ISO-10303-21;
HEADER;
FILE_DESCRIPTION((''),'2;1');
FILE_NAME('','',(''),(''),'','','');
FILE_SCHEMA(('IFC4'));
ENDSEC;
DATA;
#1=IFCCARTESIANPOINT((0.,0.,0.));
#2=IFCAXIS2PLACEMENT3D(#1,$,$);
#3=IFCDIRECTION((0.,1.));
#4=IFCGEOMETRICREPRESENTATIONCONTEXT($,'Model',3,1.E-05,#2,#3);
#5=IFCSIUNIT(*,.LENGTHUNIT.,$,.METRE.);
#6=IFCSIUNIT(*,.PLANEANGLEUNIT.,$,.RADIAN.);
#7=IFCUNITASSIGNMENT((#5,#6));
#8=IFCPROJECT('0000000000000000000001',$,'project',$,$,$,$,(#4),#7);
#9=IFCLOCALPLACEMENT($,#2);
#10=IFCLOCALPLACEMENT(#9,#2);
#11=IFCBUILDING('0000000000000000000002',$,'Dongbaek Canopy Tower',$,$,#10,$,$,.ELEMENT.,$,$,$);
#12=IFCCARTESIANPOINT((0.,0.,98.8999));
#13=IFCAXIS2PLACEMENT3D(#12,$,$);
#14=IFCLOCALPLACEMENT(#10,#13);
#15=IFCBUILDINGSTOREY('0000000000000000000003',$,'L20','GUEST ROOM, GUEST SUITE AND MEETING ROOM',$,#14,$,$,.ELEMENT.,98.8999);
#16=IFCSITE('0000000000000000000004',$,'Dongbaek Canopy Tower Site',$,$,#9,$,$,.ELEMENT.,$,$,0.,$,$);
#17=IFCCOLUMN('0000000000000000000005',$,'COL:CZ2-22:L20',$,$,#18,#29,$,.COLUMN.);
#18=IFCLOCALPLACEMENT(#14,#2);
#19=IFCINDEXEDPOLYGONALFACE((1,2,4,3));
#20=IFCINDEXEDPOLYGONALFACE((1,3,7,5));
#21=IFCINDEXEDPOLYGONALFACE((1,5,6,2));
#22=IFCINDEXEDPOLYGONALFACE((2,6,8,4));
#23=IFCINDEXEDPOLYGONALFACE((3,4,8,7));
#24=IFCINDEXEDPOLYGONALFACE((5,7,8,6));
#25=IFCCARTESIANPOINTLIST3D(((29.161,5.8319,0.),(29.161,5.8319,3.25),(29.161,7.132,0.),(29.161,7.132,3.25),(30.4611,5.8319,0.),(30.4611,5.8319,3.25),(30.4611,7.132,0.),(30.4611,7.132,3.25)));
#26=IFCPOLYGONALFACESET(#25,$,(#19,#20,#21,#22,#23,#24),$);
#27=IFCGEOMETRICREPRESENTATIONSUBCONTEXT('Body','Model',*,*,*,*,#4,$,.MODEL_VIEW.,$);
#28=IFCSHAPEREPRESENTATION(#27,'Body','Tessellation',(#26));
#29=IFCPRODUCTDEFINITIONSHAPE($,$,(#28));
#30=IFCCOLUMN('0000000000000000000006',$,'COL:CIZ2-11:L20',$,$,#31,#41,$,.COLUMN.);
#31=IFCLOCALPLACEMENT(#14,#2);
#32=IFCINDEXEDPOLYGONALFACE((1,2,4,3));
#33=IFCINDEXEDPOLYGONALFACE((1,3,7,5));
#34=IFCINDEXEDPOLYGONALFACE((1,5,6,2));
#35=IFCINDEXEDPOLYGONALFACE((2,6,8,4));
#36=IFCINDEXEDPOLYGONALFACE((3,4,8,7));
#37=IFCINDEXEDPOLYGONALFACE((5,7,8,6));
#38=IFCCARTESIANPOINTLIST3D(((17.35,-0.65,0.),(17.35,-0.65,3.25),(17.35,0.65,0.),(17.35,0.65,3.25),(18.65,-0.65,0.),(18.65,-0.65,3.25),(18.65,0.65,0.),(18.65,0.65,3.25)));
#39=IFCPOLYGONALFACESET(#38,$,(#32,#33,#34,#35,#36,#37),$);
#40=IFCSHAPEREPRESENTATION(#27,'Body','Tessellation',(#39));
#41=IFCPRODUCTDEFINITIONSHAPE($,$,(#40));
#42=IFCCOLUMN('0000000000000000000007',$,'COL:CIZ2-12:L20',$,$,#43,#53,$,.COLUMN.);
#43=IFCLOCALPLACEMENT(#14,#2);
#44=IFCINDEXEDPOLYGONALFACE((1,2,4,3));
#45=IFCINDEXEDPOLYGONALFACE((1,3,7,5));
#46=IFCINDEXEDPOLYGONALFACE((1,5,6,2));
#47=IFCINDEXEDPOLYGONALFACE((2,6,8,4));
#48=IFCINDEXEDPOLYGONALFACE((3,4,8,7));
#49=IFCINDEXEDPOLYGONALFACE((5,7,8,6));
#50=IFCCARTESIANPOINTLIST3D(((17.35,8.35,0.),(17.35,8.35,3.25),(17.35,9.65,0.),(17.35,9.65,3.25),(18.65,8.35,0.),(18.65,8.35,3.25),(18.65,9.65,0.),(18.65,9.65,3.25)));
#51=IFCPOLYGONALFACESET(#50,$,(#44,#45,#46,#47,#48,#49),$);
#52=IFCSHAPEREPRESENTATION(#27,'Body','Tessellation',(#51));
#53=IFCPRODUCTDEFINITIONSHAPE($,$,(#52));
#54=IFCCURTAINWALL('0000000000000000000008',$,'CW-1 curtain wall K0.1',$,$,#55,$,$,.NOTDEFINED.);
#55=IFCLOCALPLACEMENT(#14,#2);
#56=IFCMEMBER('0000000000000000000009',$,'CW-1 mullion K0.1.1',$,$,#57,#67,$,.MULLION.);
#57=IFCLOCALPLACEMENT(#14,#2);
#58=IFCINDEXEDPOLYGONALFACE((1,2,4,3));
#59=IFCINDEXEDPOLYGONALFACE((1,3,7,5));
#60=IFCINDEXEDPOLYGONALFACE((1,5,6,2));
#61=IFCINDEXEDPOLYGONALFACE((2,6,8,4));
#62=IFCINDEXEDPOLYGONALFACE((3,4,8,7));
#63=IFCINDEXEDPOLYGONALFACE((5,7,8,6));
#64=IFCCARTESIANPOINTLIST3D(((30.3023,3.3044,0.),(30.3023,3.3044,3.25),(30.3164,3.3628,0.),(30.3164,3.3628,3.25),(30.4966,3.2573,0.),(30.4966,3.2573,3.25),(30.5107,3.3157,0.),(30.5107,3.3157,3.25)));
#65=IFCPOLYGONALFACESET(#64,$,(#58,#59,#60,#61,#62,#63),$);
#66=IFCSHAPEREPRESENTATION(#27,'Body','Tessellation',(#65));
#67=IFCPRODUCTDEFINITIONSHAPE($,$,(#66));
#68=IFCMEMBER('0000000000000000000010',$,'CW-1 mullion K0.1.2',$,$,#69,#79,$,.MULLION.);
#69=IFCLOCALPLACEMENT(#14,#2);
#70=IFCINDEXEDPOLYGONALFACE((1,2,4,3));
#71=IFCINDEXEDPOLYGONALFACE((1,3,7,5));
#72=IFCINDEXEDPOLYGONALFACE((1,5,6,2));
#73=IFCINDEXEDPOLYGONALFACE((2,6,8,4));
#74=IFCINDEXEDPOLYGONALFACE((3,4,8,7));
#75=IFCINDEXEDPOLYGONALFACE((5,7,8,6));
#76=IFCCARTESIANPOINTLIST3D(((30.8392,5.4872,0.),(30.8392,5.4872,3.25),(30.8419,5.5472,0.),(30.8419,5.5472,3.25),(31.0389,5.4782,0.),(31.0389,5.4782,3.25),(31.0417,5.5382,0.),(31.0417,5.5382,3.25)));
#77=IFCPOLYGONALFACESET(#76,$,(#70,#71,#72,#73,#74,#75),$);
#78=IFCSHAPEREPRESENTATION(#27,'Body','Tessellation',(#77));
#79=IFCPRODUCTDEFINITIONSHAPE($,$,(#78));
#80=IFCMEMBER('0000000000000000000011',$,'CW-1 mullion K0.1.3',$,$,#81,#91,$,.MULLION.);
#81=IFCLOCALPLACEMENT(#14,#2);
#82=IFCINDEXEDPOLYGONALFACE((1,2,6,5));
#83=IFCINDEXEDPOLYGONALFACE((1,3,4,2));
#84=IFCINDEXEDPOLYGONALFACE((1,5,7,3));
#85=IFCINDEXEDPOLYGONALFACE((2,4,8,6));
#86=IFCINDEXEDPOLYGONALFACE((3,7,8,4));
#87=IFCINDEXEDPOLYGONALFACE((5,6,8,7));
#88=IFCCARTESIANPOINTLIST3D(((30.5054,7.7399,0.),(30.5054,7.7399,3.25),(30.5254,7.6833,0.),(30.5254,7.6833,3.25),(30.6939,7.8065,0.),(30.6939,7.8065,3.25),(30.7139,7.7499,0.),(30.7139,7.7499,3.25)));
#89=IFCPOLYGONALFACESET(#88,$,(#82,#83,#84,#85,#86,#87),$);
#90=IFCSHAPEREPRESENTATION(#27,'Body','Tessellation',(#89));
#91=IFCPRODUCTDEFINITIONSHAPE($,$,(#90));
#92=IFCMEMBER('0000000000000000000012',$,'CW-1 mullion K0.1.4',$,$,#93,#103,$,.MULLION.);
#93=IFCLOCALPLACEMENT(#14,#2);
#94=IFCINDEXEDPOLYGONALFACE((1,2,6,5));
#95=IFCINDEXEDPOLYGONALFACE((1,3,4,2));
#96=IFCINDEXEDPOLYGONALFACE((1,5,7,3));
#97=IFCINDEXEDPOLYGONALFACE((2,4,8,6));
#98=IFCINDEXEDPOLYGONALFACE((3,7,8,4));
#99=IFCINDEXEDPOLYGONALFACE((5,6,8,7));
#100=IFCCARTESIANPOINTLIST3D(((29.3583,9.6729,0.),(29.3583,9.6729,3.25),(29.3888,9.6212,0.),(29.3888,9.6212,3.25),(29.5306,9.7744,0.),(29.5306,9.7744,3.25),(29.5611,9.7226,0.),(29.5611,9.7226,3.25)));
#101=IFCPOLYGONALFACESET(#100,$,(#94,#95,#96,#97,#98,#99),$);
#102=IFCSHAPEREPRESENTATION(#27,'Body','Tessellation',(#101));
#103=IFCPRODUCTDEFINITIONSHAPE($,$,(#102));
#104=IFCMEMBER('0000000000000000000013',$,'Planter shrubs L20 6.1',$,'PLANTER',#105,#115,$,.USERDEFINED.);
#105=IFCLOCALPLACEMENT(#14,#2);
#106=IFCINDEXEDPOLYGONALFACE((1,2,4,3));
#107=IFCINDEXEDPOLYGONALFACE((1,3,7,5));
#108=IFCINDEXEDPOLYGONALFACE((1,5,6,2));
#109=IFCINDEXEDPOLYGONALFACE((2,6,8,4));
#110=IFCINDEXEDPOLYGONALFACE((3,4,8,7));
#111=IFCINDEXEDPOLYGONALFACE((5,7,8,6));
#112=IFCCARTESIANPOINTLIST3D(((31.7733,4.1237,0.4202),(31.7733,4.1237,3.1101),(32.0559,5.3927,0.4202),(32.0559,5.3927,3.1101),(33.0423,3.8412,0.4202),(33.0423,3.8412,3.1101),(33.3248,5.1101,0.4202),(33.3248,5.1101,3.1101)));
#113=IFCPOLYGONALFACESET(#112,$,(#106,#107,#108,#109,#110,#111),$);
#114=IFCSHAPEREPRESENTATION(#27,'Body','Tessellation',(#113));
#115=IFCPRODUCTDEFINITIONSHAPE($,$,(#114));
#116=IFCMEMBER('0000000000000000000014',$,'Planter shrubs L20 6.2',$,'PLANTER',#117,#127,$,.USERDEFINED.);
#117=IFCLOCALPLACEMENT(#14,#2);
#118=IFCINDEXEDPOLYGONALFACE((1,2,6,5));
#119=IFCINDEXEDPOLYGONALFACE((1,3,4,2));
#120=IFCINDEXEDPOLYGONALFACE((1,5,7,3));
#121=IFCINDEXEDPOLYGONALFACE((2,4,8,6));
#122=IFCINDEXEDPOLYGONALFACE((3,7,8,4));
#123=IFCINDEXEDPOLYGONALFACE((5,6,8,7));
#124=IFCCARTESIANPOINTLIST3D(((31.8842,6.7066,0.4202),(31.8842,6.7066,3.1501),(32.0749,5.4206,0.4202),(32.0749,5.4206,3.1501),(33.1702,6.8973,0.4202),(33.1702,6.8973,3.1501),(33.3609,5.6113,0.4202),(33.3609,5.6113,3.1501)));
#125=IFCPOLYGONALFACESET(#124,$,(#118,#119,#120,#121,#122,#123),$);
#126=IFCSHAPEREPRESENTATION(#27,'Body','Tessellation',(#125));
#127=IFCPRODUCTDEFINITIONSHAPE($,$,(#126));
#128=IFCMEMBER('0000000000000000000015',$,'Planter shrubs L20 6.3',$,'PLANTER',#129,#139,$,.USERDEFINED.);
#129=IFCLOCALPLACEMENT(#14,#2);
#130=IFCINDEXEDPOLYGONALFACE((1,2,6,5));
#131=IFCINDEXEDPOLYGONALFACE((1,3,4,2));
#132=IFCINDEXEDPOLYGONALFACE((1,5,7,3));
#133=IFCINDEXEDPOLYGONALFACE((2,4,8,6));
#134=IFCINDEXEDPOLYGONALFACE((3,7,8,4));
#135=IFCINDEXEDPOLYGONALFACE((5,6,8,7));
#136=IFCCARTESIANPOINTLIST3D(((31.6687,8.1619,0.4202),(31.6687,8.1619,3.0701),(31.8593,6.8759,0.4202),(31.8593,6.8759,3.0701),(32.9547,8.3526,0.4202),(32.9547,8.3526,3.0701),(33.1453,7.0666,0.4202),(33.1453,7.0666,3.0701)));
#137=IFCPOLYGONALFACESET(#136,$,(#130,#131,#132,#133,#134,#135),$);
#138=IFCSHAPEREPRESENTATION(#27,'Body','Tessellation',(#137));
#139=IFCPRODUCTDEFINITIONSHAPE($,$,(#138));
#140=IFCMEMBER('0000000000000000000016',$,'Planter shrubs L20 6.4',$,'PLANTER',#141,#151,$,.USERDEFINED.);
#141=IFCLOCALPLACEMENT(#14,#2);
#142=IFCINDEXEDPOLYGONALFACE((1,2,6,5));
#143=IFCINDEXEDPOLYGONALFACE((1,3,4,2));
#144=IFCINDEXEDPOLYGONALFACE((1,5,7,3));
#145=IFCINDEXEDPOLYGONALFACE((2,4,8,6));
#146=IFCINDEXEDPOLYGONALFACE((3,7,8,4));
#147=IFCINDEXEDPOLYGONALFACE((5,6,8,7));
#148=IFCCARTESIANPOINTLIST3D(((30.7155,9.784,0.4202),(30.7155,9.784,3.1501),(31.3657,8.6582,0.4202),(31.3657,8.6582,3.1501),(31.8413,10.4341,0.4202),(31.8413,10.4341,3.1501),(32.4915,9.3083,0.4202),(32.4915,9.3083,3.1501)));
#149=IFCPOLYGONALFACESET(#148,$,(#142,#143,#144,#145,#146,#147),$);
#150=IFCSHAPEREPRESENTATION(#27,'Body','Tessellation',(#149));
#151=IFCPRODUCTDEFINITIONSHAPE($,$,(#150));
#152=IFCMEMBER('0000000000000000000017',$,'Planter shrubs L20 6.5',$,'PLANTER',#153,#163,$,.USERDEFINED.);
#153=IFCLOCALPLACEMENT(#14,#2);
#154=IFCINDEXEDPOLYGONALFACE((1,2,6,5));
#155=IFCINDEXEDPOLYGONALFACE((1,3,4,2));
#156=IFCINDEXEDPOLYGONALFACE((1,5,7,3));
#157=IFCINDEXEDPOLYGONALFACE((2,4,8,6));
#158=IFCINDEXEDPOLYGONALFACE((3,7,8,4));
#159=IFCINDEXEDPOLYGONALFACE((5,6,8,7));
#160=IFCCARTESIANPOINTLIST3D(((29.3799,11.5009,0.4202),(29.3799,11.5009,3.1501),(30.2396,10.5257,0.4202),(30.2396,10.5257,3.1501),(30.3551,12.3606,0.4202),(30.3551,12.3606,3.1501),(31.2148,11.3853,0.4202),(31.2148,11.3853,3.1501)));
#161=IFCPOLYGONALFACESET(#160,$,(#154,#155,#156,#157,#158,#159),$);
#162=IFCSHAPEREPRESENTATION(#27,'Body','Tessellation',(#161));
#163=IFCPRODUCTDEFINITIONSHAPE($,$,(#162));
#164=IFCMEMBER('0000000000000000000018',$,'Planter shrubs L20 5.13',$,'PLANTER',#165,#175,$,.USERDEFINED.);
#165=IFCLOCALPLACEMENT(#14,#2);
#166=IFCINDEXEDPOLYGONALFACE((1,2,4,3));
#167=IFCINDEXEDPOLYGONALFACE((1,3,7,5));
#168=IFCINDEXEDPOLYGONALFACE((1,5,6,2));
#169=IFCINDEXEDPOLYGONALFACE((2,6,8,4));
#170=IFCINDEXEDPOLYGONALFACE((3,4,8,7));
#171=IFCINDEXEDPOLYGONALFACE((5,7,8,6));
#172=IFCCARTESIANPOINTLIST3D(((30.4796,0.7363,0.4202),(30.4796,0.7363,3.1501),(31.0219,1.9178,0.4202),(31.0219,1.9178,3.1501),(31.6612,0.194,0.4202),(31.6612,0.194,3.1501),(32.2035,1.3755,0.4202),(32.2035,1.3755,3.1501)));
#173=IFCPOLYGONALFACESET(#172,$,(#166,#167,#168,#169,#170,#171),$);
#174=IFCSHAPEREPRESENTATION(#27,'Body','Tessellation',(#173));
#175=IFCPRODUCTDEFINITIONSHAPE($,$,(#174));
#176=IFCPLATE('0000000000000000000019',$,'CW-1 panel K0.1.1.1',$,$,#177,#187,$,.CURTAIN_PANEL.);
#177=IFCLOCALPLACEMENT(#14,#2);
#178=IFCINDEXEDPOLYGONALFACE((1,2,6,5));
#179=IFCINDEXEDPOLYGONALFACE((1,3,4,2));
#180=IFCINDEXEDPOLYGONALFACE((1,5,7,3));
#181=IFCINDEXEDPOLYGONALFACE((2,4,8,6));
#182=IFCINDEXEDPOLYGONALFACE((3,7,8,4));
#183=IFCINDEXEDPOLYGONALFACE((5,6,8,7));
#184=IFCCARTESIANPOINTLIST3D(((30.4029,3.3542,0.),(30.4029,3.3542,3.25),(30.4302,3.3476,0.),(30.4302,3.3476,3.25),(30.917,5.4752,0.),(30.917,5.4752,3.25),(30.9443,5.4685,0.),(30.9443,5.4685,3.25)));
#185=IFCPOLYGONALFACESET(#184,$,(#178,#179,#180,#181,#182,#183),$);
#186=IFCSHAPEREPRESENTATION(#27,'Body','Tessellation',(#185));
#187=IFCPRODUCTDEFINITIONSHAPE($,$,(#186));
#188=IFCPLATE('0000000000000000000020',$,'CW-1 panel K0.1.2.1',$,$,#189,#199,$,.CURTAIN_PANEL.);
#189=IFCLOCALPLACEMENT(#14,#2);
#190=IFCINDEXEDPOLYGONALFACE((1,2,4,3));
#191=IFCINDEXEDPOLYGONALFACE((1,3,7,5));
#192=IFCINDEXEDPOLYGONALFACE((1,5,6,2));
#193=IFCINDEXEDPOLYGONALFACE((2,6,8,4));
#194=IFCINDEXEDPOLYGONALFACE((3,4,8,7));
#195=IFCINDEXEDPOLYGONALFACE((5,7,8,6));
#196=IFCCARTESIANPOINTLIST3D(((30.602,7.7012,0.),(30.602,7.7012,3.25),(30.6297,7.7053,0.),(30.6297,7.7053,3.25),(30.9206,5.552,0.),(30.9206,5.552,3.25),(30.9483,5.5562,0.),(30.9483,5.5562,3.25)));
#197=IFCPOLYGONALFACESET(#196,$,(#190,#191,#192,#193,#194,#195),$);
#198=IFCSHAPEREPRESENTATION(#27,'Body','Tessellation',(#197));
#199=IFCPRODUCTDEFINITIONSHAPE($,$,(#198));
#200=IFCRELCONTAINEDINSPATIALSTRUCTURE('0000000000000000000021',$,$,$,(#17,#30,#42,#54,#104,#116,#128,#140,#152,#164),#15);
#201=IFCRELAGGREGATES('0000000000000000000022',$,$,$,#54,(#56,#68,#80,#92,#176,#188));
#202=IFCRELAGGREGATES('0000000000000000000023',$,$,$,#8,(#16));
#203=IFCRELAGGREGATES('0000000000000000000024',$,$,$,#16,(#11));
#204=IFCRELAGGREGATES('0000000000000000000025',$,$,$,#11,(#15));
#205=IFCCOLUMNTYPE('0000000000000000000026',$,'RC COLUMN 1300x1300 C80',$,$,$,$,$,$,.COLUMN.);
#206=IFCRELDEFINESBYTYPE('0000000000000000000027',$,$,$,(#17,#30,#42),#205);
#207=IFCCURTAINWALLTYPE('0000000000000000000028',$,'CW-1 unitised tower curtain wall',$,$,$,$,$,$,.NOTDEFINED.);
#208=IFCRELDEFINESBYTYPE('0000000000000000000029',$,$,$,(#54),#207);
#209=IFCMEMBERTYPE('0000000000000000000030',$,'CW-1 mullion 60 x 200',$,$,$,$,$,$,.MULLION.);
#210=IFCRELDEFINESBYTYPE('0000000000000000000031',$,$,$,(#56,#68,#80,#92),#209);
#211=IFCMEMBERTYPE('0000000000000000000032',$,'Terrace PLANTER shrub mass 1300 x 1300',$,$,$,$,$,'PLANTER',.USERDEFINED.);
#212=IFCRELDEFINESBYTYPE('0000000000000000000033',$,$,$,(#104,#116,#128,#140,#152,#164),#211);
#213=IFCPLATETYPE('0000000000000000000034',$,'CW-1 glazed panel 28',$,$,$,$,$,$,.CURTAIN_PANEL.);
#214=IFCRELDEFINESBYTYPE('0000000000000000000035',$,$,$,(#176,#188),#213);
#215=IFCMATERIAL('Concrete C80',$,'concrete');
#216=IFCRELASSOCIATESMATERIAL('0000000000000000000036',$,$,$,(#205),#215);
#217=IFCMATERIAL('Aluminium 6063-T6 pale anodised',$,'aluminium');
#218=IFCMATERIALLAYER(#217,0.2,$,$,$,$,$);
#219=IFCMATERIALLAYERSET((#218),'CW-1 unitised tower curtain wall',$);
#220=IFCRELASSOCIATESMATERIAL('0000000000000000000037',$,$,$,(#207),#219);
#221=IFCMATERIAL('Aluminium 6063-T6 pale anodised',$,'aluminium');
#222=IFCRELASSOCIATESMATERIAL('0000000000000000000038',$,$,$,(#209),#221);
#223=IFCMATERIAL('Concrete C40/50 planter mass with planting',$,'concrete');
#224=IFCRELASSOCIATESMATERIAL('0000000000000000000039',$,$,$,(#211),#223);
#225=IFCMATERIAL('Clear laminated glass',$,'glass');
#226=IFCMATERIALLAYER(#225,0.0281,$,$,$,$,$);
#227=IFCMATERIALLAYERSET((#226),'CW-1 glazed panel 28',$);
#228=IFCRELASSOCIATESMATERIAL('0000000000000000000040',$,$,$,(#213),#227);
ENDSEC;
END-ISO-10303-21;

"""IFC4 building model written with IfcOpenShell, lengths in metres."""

from ifc_helpers import new_model, si_unit, direction, frame, origin, origin_2d, place, context, subcontext, project, spatial, rectangle, extrude, material, layer, layer_set, material_profile, profile_set, type_object, element, aggregate, save


model = new_model("IFC4")

# Units and contexts
model_context = context("Model", 3, precision=1e-05, world=origin(), true_north=direction((0.0, 1.0)))
body_context = subcontext(model_context, "Body", "Model", "MODEL_VIEW")
ifc_project = project(units=[si_unit("LENGTHUNIT", "METRE"), si_unit("PLANEANGLEUNIT", "RADIAN")], contexts=[model_context])

# Site, building, storey
site_placement = place(None, origin())
site = spatial("IfcSite", under=ifc_project, at=site_placement, Name="Dongbaek Canopy Tower Site", CompositionType="ELEMENT", RefElevation=0.0)
building_placement = place(site_placement, origin())
building = spatial("IfcBuilding", under=site, at=building_placement, Name="Dongbaek Canopy Tower", CompositionType="ELEMENT")
storey_placement = place(building_placement, frame((0.0, 0.0, 98.8999)))
storey = spatial("IfcBuildingStorey", under=building, at=storey_placement, Name="L20", Description="GUEST ROOM, GUEST SUITE AND MEETING ROOM", CompositionType="ELEMENT", Elevation=98.8999)

# Columns
ifc_material_1 = material(Name="Concrete C80", Category="concrete")
ifc_material_profile_1 = material_profile(ifc_material_1, rectangle(XDim=1.3, YDim=1.3, at=origin_2d()), Name="RC COLUMN 1300x1300 C80")
ifc_profile_set_1 = profile_set([ifc_material_profile_1], Name="Concrete C80")
column_type = type_object("IfcColumnType", Name="RC COLUMN 1300x1300 C80", PredefinedType="COLUMN", material=ifc_profile_set_1)
for number, where, z_axis, x_axis, name in (
    (1, (29.811, 6.4819, 0.0), (0.0, 0.0, 1.0), (1.0, 0.0, 0.0), "COL:CZ2-22:L20"),
    (2, (18.0, 0.0, 0.0), (0.0, 0.0, 1.0), (1.0, 0.0, 0.0), "COL:CIZ2-11:L20"),
    (3, (18.0, 9.0, 0.0), (0.0, 0.0, 1.0), (1.0, 0.0, 0.0), "COL:CIZ2-12:L20"),
):
    element("IfcColumn", number, at=place(storey_placement, frame(where, z_axis=z_axis, x_axis=x_axis)), inside=storey, type_object=column_type, Name=name, PredefinedType="COLUMN", context=body_context, shape_type="SweptSolid", body=[
        extrude(rectangle(XDim=1.3, YDim=1.3, at=origin_2d()), origin(), (0.0, 0.0, 1.0), 3.25),
    ])

# Curtain wall, members
ifc_material_2 = material(Name="Aluminium 6063-T6 pale anodised", Category="aluminium")
ifc_layer_1 = layer(ifc_material_2, 0.2)
ifc_layer_set_1 = layer_set([ifc_layer_1], Name="CW-1 unitised tower curtain wall")
curtain_wall_type = type_object("IfcCurtainWallType", Name="CW-1 unitised tower curtain wall", PredefinedType="NOTDEFINED", material=ifc_layer_set_1)
curtain_wall_placement = place(storey_placement, origin())
curtain_wall = element("IfcCurtainWall", 4, at=curtain_wall_placement, inside=storey, type_object=curtain_wall_type, Name="CW-1 curtain wall K0.1", PredefinedType="NOTDEFINED")
ifc_material_3 = material(Name="Aluminium 6063-T6 pale anodised", Category="aluminium")
ifc_material_profile_2 = material_profile(ifc_material_3, rectangle(XDim=0.2, YDim=0.0601, at=origin_2d()), Name="CW-1 mullion 60 x 200")
ifc_profile_set_2 = profile_set([ifc_material_profile_2], Name="Aluminium 6063-T6 pale anodised")
member_type_1 = type_object("IfcMemberType", Name="CW-1 mullion 60 x 200", PredefinedType="MULLION", material=ifc_profile_set_2)
member_1_placement = place(storey_placement, frame((30.4065, 3.3101, 0.0), z_axis=(0.0, 0.0, 1.0), x_axis=(0.971859, -0.235562, 0.0)))
member_1 = element("IfcMember", 5, at=member_1_placement, type_object=member_type_1, Name="CW-1 mullion K0.1.1", PredefinedType="MULLION", context=body_context, shape_type="SweptSolid", body=[
    extrude(rectangle(XDim=0.2, YDim=0.0601, at=origin_2d()), origin(), (0.0, 0.0, 1.0), 3.25),
])
member_2_placement = place(storey_placement, frame((30.9404, 5.5127, 0.0), z_axis=(0.0, 0.0, 1.0), x_axis=(0.998974, -0.045297, 0.0)))
member_2 = element("IfcMember", 6, at=member_2_placement, type_object=member_type_1, Name="CW-1 mullion K0.1.2", PredefinedType="MULLION", context=body_context, shape_type="SweptSolid", body=[
    extrude(rectangle(XDim=0.2, YDim=0.0601, at=origin_2d()), origin(), (0.0, 0.0, 1.0), 3.25),
])
member_3_placement = place(storey_placement, frame((30.6096, 7.7449, 0.0), z_axis=(0.0, 0.0, 1.0), x_axis=(0.942869, 0.333162, 0.0)))
member_3 = element("IfcMember", 7, at=member_3_placement, type_object=member_type_1, Name="CW-1 mullion K0.1.3", PredefinedType="MULLION", context=body_context, shape_type="SweptSolid", body=[
    extrude(rectangle(XDim=0.2, YDim=0.0601, at=origin_2d()), origin(), (0.0, 0.0, 1.0), 3.25),
])
member_4_placement = place(storey_placement, frame((29.4597, 9.6978, 0.0), z_axis=(0.0, 0.0, 1.0), x_axis=(0.861723, 0.507378, 0.0)))
member_4 = element("IfcMember", 8, at=member_4_placement, type_object=member_type_1, Name="CW-1 mullion K0.1.4", PredefinedType="MULLION", context=body_context, shape_type="SweptSolid", body=[
    extrude(rectangle(XDim=0.2, YDim=0.0601, at=origin_2d()), origin(), (0.0, 0.0, 1.0), 3.25),
])

# Members
ifc_material_4 = material(Name="Concrete C40/50 planter mass with planting", Category="concrete")
ifc_material_profile_3 = material_profile(ifc_material_4, rectangle(XDim=1.3, YDim=1.3, at=origin_2d()), Name="Terrace PLANTER shrub mass 1300 x 1300")
ifc_profile_set_3 = profile_set([ifc_material_profile_3], Name="Concrete C40/50 planter mass with planting")
member_type_2 = type_object("IfcMemberType", Name="Terrace PLANTER shrub mass 1300 x 1300", ElementType="PLANTER", PredefinedType="USERDEFINED", material=ifc_profile_set_3)
member_5_placement = place(storey_placement, frame((32.5491, 4.6169, 0.4202), z_axis=(0.0, 0.0, 1.0), x_axis=(0.976094, -0.217348, 0.0)))
element("IfcMember", 9, at=member_5_placement, inside=storey, type_object=member_type_2, Name="Planter shrubs L20 6.1", ObjectType="PLANTER", PredefinedType="USERDEFINED", context=body_context, shape_type="SweptSolid", body=[
    extrude(rectangle(XDim=1.3, YDim=1.3, at=origin_2d()), origin(), (0.0, 0.0, 1.0), 2.6899),
])
member_6_placement = place(storey_placement, frame((32.6226, 6.1589, 0.4202), z_axis=(0.0, 0.0, 1.0), x_axis=(0.98919, 0.146641, 0.0)))
element("IfcMember", 10, at=member_6_placement, inside=storey, type_object=member_type_2, Name="Planter shrubs L20 6.2", ObjectType="PLANTER", PredefinedType="USERDEFINED", context=body_context, shape_type="SweptSolid", body=[
    extrude(rectangle(XDim=1.3, YDim=1.3, at=origin_2d()), origin(), (0.0, 0.0, 1.0), 2.73),
])
member_7_placement = place(storey_placement, frame((32.407, 7.6143, 0.4202), z_axis=(0.0, 0.0, 1.0), x_axis=(0.98919, 0.146641, 0.0)))
element("IfcMember", 11, at=member_7_placement, inside=storey, type_object=member_type_2, Name="Planter shrubs L20 6.3", ObjectType="PLANTER", PredefinedType="USERDEFINED", context=body_context, shape_type="SweptSolid", body=[
    extrude(rectangle(XDim=1.3, YDim=1.3, at=origin_2d()), origin(), (0.0, 0.0, 1.0), 2.6499),
])
for number, where, z_axis, x_axis, name in (
    (12, (31.6035, 9.5461, 0.4202), (0.0, 0.0, 1.0), (0.86596, 0.500114, 0.0), "Planter shrubs L20 6.4"),
    (13, (30.2974, 11.4431, 0.4202), (0.0, 0.0, 1.0), (0.75015, 0.661267, 0.0), "Planter shrubs L20 6.5"),
    (14, (31.3416, 1.0559, 0.4202), (0.0, 0.0, 1.0), (0.908849, -0.417126, 0.0), "Planter shrubs L20 5.13"),
):
    element("IfcMember", number, at=place(storey_placement, frame(where, z_axis=z_axis, x_axis=x_axis)), inside=storey, type_object=member_type_2, Name=name, ObjectType="PLANTER", PredefinedType="USERDEFINED", context=body_context, shape_type="SweptSolid", body=[
        extrude(rectangle(XDim=1.3, YDim=1.3, at=origin_2d()), origin(), (0.0, 0.0, 1.0), 2.73),
    ])

# Plates
ifc_material_5 = material(Name="Clear laminated glass", Category="glass")
ifc_layer_2 = layer(ifc_material_5, 0.0281)
ifc_layer_set_2 = layer_set([ifc_layer_2], Name="CW-1 glazed panel 28")
plate_type = type_object("IfcPlateType", Name="CW-1 glazed panel 28", PredefinedType="CURTAIN_PANEL", material=ifc_layer_set_2)
plate_1_placement = place(storey_placement, frame((30.6736, 4.4114, 0.0), z_axis=(0.0, 0.0, 1.0), x_axis=(0.235562, 0.971859, 0.0)))
plate_1 = element("IfcPlate", 15, at=plate_1_placement, type_object=plate_type, Name="CW-1 panel K0.1.1.1", PredefinedType="CURTAIN_PANEL", context=body_context, shape_type="SweptSolid", body=[
    extrude(rectangle(XDim=2.1824, YDim=0.0281, at=origin_2d()), origin(), (0.0, 0.0, 1.0), 3.25),
])
plate_2_placement = place(storey_placement, frame((30.7751, 6.6287, 0.0), z_axis=(0.0, 0.0, 1.0), x_axis=(-0.146641, 0.98919, 0.0)))
plate_2 = element("IfcPlate", 16, at=plate_2_placement, type_object=plate_type, Name="CW-1 panel K0.1.2.1", PredefinedType="CURTAIN_PANEL", context=body_context, shape_type="SweptSolid", body=[
    extrude(rectangle(XDim=2.1726, YDim=0.0281, at=origin_2d()), origin(), (0.0, 0.0, 1.0), 3.25),
])
aggregate(curtain_wall, [member_1, member_2, member_3, member_4, plate_1, plate_2])

save(model, "model.ifc")
